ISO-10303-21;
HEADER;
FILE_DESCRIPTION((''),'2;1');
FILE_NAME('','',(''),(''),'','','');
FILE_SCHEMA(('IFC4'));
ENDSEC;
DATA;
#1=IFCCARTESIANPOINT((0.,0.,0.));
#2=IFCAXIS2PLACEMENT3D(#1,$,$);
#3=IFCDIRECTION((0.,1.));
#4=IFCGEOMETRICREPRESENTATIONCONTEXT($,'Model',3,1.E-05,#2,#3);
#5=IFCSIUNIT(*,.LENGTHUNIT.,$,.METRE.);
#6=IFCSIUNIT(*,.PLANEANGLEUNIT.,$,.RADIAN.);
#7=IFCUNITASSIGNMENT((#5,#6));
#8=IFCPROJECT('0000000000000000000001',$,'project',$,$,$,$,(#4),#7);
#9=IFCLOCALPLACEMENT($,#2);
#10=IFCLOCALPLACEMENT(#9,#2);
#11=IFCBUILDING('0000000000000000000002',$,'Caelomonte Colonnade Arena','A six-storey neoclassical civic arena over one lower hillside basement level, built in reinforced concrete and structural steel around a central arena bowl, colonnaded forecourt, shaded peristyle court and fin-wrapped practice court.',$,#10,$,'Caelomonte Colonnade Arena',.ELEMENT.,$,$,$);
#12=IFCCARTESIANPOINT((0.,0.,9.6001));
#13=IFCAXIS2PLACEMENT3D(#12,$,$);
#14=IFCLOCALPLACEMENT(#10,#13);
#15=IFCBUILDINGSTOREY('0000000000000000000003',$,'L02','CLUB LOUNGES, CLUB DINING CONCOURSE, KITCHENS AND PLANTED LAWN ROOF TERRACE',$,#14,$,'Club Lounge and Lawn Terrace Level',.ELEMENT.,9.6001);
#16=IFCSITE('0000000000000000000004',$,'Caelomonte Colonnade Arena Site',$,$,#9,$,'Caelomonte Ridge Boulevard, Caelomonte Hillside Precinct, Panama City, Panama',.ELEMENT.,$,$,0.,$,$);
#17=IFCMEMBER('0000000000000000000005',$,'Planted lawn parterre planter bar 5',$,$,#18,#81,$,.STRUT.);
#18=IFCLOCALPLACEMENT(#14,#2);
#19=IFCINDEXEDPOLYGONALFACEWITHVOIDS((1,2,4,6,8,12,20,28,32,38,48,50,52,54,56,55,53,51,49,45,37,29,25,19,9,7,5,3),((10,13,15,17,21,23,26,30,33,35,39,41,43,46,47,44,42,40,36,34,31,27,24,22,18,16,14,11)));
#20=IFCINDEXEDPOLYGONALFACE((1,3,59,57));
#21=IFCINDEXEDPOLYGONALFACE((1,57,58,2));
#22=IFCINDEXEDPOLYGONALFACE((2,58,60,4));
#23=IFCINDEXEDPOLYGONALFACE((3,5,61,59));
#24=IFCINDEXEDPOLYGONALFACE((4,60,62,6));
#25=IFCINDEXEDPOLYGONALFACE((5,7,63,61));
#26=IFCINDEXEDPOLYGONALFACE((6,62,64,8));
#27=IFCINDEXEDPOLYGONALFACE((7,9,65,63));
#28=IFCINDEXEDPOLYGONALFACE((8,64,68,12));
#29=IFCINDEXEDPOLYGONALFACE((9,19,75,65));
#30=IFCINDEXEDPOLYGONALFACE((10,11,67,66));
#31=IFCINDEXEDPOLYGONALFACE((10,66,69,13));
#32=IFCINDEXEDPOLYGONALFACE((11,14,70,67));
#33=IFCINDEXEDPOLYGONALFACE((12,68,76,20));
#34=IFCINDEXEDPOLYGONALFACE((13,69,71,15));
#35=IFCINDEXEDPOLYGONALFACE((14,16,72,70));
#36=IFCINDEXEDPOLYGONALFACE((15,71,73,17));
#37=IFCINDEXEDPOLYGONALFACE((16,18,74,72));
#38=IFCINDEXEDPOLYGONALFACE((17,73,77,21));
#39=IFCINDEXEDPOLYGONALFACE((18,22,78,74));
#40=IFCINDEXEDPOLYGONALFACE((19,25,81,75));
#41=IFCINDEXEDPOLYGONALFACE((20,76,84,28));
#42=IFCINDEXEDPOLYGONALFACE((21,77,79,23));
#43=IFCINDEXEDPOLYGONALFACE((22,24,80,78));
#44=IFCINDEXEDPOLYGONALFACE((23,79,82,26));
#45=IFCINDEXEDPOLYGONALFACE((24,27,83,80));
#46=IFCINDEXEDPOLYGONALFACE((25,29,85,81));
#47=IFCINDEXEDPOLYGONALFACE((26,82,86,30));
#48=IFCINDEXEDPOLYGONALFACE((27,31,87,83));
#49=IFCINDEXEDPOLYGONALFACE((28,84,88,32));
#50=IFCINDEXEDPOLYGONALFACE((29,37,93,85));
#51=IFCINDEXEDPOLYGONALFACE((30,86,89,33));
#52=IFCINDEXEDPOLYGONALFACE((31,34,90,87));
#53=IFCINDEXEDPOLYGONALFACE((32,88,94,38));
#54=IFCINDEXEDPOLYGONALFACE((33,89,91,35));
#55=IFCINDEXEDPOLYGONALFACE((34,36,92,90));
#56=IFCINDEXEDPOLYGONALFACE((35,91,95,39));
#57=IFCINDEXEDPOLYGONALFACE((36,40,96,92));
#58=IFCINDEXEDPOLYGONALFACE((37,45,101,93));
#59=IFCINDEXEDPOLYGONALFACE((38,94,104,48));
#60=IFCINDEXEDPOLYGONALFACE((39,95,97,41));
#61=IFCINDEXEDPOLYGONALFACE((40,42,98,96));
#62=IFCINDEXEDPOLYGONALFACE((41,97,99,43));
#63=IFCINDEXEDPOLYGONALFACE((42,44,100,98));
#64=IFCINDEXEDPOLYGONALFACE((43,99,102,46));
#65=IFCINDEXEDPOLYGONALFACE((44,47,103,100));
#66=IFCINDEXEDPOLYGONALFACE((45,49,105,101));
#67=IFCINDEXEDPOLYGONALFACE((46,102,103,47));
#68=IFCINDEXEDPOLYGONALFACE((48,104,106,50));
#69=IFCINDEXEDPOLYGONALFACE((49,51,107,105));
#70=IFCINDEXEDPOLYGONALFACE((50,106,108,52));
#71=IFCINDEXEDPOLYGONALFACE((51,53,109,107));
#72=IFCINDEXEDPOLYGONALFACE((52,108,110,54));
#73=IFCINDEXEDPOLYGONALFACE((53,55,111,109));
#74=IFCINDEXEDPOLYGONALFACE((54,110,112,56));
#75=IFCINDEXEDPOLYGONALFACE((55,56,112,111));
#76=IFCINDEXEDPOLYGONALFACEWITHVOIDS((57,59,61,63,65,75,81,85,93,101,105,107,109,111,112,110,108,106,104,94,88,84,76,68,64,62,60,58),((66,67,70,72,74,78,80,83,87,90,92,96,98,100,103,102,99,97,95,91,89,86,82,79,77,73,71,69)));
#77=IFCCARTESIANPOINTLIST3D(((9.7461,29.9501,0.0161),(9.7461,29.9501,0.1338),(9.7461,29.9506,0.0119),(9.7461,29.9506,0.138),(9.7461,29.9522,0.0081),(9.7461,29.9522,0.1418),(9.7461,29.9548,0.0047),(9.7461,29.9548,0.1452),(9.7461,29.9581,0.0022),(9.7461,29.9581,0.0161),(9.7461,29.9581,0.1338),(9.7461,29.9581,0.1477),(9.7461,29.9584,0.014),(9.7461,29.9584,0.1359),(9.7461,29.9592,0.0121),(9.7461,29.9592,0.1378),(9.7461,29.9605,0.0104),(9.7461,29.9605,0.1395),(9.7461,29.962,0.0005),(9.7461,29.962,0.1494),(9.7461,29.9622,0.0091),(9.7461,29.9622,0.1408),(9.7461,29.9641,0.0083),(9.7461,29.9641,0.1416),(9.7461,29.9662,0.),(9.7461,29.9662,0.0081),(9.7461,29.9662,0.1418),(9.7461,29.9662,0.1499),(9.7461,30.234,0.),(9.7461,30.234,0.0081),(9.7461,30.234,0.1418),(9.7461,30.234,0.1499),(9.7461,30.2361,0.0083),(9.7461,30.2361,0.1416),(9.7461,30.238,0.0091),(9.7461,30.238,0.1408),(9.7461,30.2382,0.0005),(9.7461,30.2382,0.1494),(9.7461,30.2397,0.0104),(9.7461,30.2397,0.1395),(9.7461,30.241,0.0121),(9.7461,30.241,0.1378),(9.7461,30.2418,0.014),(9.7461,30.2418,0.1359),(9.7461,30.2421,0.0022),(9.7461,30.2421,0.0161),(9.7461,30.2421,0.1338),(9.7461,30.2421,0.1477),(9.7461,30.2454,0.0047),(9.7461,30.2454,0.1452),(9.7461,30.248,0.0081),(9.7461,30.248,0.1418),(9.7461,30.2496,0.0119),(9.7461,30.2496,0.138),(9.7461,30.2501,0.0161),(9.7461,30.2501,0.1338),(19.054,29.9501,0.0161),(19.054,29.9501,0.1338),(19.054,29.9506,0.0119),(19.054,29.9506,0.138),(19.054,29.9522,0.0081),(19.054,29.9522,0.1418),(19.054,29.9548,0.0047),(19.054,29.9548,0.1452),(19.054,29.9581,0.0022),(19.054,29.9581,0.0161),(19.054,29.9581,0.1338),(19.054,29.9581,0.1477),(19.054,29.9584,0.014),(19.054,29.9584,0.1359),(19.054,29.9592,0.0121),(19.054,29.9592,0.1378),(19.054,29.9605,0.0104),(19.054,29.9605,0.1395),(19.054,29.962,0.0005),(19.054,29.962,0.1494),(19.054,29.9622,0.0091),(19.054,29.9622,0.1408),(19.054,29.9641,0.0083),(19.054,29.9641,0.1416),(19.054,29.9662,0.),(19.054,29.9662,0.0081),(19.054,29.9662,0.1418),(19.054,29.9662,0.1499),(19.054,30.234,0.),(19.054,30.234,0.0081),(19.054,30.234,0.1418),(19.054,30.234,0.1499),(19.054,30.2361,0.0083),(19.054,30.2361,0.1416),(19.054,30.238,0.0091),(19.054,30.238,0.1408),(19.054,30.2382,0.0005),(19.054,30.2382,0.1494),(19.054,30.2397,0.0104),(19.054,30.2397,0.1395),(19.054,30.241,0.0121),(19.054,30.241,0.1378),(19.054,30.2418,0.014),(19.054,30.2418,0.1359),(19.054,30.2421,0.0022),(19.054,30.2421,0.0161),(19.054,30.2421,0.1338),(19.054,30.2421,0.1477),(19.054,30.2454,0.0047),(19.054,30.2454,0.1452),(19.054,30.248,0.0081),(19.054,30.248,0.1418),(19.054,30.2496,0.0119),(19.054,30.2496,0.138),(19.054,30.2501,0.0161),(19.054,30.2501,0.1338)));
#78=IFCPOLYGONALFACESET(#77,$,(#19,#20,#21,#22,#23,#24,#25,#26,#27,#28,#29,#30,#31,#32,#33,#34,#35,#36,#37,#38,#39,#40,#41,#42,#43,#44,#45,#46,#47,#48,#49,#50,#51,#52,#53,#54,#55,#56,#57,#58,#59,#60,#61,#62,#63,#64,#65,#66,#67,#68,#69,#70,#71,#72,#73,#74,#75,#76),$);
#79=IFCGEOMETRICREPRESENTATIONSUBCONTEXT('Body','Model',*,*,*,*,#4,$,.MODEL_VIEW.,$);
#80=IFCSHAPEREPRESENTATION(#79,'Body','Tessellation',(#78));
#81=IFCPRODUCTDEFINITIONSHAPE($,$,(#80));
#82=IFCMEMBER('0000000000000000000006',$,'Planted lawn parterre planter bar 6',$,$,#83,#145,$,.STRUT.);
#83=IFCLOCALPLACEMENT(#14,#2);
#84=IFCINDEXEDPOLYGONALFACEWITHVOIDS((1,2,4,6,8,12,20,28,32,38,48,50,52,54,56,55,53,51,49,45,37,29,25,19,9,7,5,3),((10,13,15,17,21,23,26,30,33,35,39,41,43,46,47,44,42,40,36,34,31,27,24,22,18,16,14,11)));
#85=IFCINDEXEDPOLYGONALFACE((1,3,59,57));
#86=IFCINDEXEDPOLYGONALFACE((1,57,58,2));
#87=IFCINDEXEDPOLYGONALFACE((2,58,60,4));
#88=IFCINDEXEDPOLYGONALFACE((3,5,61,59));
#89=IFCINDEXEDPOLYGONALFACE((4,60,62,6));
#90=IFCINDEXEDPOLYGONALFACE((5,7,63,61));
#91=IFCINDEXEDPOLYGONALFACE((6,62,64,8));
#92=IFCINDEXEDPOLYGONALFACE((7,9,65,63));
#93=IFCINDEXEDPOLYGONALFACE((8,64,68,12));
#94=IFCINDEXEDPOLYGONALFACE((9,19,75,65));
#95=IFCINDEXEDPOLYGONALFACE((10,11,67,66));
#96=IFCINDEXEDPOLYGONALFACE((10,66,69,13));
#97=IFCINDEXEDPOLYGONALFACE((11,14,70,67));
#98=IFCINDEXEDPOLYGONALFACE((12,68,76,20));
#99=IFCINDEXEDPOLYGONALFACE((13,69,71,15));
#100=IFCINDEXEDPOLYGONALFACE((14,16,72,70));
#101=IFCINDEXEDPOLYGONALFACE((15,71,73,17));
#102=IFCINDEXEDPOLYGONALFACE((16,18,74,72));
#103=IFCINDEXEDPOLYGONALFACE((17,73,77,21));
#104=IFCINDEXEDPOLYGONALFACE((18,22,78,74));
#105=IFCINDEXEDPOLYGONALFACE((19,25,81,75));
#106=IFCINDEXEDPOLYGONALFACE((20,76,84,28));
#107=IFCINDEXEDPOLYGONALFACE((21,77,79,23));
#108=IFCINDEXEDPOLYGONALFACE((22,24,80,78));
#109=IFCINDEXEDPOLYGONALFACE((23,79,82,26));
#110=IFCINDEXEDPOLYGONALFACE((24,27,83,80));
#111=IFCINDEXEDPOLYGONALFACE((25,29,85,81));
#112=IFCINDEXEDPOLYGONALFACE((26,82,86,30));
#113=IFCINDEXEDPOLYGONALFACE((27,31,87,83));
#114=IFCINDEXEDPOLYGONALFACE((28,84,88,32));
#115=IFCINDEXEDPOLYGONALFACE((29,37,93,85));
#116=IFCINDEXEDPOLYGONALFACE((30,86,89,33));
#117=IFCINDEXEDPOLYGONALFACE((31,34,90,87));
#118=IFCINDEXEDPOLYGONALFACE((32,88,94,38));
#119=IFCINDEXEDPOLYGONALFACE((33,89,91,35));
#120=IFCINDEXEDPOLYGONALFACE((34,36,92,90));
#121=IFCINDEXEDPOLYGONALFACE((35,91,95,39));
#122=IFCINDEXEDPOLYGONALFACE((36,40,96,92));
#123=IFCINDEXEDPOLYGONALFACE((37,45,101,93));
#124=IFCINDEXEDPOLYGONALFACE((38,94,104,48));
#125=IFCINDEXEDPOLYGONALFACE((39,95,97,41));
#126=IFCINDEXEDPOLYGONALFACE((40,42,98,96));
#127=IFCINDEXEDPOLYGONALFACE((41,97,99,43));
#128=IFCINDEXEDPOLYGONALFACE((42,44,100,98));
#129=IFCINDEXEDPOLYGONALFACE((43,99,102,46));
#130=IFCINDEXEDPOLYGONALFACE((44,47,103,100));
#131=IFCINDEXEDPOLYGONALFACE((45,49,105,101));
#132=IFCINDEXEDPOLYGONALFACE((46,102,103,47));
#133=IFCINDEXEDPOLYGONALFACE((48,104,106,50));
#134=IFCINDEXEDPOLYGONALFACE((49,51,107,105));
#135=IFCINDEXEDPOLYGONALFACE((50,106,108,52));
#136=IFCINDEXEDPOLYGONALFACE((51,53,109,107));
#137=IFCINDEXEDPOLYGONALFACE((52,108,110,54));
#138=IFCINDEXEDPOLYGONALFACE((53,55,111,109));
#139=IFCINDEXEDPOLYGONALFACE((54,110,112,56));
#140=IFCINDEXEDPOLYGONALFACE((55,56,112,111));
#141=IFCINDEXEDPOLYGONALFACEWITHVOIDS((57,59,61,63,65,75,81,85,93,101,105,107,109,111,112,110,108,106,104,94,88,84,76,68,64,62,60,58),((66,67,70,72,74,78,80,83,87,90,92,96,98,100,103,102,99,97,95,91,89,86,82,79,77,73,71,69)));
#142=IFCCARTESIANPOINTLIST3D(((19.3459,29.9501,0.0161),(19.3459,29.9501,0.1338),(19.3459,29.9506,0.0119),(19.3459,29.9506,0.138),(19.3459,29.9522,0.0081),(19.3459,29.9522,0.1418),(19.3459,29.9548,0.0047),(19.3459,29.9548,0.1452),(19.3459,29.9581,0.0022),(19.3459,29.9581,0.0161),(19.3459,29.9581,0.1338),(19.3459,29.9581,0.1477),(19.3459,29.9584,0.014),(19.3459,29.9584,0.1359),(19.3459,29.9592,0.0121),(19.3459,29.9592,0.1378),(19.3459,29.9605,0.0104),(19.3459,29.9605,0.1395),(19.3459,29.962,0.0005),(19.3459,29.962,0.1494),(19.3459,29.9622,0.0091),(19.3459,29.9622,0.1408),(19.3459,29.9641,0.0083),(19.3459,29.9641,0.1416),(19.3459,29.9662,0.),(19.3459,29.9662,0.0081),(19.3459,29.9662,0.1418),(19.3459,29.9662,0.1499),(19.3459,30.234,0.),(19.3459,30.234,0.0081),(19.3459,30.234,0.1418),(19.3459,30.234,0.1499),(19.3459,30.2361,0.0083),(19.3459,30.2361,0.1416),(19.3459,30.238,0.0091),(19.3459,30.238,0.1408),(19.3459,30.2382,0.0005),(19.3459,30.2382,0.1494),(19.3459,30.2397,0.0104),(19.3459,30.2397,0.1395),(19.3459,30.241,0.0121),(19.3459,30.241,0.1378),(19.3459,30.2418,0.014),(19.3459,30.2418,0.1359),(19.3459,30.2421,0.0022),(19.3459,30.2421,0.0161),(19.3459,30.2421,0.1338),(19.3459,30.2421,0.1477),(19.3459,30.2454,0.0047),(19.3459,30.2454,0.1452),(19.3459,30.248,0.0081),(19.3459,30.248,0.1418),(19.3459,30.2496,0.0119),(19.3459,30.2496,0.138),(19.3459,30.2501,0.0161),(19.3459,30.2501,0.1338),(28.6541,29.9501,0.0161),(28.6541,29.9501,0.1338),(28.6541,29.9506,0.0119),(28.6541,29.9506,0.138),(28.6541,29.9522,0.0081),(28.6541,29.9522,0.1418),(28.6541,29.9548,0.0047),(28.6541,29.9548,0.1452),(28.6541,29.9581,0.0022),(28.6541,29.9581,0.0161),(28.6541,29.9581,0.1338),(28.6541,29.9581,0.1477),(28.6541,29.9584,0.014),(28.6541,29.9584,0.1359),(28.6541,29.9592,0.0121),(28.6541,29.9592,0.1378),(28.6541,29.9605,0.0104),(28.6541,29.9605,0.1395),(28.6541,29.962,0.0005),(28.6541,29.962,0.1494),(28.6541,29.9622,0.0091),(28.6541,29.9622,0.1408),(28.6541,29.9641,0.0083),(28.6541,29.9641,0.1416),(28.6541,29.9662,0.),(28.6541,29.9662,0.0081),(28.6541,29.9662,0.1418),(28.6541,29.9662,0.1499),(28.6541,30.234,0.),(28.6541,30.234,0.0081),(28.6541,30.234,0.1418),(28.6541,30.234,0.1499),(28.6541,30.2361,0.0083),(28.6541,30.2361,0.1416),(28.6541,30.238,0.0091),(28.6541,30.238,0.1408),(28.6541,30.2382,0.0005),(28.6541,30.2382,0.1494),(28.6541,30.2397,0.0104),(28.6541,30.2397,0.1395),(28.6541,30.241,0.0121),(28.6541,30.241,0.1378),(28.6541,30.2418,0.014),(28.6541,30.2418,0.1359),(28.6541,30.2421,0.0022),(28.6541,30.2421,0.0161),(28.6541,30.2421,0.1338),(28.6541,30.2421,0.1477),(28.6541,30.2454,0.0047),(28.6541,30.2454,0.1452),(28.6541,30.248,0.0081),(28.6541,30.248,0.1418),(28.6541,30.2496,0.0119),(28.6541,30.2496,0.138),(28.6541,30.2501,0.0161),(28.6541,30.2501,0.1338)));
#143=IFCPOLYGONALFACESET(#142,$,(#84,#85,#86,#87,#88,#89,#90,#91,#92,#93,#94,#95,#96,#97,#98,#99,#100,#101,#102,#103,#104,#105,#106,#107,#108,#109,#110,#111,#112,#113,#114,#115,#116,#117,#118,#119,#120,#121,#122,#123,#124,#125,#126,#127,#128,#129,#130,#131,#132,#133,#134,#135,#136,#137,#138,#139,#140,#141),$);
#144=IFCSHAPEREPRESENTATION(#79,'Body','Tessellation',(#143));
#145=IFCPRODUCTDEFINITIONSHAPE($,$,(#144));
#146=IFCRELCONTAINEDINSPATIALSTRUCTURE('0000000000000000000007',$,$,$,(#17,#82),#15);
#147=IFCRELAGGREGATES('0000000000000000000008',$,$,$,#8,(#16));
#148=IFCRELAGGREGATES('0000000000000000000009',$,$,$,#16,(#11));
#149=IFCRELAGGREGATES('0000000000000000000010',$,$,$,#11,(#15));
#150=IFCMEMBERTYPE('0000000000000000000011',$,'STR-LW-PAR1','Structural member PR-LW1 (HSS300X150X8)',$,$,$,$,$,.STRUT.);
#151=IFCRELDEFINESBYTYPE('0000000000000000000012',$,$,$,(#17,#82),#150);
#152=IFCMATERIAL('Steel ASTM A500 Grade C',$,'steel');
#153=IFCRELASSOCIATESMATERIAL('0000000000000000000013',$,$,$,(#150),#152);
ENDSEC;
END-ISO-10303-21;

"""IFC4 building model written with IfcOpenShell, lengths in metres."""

from ifc_helpers import new_model, si_unit, direction, frame, origin, origin_2d, place, context, subcontext, project, spatial, hollow_rectangle, extrude, material, material_profile, profile_set, type_object, element, save


model = new_model("IFC4")

# Units and contexts
model_context = context("Model", 3, precision=1e-05, world=origin(), true_north=direction((0.0, 1.0)))
body_context = subcontext(model_context, "Body", "Model", "MODEL_VIEW")
ifc_project = project(units=[si_unit("LENGTHUNIT", "METRE"), si_unit("PLANEANGLEUNIT", "RADIAN")], contexts=[model_context])

# Site, building, storey
site_placement = place(None, origin())
site = spatial("IfcSite", under=ifc_project, at=site_placement, Name="Caelomonte Colonnade Arena Site", LongName="Caelomonte Ridge Boulevard, Caelomonte Hillside Precinct, Panama City, Panama", CompositionType="ELEMENT", RefElevation=0.0)
building_placement = place(site_placement, origin())
building = spatial("IfcBuilding", under=site, at=building_placement, Name="Caelomonte Colonnade Arena", Description="A six-storey neoclassical civic arena over one lower hillside basement level, built in reinforced concrete and structural steel around a central arena bowl, colonnaded forecourt, shaded peristyle court and fin-wrapped practice court.", LongName="Caelomonte Colonnade Arena", CompositionType="ELEMENT")
storey_placement = place(building_placement, frame((0.0, 0.0, 9.6001)))
storey = spatial("IfcBuildingStorey", under=building, at=storey_placement, Name="L02", Description="CLUB LOUNGES, CLUB DINING CONCOURSE, KITCHENS AND PLANTED LAWN ROOF TERRACE", LongName="Club Lounge and Lawn Terrace Level", CompositionType="ELEMENT", Elevation=9.6001)

# Members
ifc_material_1 = material(Name="Steel ASTM A500 Grade C", Category="steel")
ifc_material_profile_1 = material_profile(ifc_material_1, hollow_rectangle(XDim=0.3, YDim=0.1499, WallThickness=0.0081, InnerFilletRadius=0.0081, OuterFilletRadius=0.0161, at=origin_2d()), Name="HSS300X150X8")
ifc_profile_set_1 = profile_set([ifc_material_profile_1], Name="Steel ASTM A500 Grade C")
member_type = type_object("IfcMemberType", Name="STR-LW-PAR1", Description="Structural member PR-LW1 (HSS300X150X8)", PredefinedType="STRUT", material=ifc_profile_set_1)
member_1_placement = place(storey_placement, frame((9.7461, 30.1001, 0.075), z_axis=(1.0, 0.0, 0.0), x_axis=(0.0, 1.0, 0.0)))
element("IfcMember", 1, at=member_1_placement, inside=storey, type_object=member_type, Name="Planted lawn parterre planter bar 5", PredefinedType="STRUT", context=body_context, shape_type="SweptSolid", body=[
    extrude(hollow_rectangle(XDim=0.3, YDim=0.1499, WallThickness=0.0081, InnerFilletRadius=0.0081, OuterFilletRadius=0.0161, at=origin_2d()), origin(), (0.0, 0.0, 1.0), 9.3079),
])
member_2_placement = place(storey_placement, frame((19.3459, 30.1001, 0.075), z_axis=(1.0, 0.0, 0.0), x_axis=(0.0, 1.0, 0.0)))
element("IfcMember", 2, at=member_2_placement, inside=storey, type_object=member_type, Name="Planted lawn parterre planter bar 6", PredefinedType="STRUT", context=body_context, shape_type="SweptSolid", body=[
    extrude(hollow_rectangle(XDim=0.3, YDim=0.1499, WallThickness=0.0081, InnerFilletRadius=0.0081, OuterFilletRadius=0.0161, at=origin_2d()), origin(), (0.0, 0.0, 1.0), 9.3081),
])

save(model, "model.ifc")
